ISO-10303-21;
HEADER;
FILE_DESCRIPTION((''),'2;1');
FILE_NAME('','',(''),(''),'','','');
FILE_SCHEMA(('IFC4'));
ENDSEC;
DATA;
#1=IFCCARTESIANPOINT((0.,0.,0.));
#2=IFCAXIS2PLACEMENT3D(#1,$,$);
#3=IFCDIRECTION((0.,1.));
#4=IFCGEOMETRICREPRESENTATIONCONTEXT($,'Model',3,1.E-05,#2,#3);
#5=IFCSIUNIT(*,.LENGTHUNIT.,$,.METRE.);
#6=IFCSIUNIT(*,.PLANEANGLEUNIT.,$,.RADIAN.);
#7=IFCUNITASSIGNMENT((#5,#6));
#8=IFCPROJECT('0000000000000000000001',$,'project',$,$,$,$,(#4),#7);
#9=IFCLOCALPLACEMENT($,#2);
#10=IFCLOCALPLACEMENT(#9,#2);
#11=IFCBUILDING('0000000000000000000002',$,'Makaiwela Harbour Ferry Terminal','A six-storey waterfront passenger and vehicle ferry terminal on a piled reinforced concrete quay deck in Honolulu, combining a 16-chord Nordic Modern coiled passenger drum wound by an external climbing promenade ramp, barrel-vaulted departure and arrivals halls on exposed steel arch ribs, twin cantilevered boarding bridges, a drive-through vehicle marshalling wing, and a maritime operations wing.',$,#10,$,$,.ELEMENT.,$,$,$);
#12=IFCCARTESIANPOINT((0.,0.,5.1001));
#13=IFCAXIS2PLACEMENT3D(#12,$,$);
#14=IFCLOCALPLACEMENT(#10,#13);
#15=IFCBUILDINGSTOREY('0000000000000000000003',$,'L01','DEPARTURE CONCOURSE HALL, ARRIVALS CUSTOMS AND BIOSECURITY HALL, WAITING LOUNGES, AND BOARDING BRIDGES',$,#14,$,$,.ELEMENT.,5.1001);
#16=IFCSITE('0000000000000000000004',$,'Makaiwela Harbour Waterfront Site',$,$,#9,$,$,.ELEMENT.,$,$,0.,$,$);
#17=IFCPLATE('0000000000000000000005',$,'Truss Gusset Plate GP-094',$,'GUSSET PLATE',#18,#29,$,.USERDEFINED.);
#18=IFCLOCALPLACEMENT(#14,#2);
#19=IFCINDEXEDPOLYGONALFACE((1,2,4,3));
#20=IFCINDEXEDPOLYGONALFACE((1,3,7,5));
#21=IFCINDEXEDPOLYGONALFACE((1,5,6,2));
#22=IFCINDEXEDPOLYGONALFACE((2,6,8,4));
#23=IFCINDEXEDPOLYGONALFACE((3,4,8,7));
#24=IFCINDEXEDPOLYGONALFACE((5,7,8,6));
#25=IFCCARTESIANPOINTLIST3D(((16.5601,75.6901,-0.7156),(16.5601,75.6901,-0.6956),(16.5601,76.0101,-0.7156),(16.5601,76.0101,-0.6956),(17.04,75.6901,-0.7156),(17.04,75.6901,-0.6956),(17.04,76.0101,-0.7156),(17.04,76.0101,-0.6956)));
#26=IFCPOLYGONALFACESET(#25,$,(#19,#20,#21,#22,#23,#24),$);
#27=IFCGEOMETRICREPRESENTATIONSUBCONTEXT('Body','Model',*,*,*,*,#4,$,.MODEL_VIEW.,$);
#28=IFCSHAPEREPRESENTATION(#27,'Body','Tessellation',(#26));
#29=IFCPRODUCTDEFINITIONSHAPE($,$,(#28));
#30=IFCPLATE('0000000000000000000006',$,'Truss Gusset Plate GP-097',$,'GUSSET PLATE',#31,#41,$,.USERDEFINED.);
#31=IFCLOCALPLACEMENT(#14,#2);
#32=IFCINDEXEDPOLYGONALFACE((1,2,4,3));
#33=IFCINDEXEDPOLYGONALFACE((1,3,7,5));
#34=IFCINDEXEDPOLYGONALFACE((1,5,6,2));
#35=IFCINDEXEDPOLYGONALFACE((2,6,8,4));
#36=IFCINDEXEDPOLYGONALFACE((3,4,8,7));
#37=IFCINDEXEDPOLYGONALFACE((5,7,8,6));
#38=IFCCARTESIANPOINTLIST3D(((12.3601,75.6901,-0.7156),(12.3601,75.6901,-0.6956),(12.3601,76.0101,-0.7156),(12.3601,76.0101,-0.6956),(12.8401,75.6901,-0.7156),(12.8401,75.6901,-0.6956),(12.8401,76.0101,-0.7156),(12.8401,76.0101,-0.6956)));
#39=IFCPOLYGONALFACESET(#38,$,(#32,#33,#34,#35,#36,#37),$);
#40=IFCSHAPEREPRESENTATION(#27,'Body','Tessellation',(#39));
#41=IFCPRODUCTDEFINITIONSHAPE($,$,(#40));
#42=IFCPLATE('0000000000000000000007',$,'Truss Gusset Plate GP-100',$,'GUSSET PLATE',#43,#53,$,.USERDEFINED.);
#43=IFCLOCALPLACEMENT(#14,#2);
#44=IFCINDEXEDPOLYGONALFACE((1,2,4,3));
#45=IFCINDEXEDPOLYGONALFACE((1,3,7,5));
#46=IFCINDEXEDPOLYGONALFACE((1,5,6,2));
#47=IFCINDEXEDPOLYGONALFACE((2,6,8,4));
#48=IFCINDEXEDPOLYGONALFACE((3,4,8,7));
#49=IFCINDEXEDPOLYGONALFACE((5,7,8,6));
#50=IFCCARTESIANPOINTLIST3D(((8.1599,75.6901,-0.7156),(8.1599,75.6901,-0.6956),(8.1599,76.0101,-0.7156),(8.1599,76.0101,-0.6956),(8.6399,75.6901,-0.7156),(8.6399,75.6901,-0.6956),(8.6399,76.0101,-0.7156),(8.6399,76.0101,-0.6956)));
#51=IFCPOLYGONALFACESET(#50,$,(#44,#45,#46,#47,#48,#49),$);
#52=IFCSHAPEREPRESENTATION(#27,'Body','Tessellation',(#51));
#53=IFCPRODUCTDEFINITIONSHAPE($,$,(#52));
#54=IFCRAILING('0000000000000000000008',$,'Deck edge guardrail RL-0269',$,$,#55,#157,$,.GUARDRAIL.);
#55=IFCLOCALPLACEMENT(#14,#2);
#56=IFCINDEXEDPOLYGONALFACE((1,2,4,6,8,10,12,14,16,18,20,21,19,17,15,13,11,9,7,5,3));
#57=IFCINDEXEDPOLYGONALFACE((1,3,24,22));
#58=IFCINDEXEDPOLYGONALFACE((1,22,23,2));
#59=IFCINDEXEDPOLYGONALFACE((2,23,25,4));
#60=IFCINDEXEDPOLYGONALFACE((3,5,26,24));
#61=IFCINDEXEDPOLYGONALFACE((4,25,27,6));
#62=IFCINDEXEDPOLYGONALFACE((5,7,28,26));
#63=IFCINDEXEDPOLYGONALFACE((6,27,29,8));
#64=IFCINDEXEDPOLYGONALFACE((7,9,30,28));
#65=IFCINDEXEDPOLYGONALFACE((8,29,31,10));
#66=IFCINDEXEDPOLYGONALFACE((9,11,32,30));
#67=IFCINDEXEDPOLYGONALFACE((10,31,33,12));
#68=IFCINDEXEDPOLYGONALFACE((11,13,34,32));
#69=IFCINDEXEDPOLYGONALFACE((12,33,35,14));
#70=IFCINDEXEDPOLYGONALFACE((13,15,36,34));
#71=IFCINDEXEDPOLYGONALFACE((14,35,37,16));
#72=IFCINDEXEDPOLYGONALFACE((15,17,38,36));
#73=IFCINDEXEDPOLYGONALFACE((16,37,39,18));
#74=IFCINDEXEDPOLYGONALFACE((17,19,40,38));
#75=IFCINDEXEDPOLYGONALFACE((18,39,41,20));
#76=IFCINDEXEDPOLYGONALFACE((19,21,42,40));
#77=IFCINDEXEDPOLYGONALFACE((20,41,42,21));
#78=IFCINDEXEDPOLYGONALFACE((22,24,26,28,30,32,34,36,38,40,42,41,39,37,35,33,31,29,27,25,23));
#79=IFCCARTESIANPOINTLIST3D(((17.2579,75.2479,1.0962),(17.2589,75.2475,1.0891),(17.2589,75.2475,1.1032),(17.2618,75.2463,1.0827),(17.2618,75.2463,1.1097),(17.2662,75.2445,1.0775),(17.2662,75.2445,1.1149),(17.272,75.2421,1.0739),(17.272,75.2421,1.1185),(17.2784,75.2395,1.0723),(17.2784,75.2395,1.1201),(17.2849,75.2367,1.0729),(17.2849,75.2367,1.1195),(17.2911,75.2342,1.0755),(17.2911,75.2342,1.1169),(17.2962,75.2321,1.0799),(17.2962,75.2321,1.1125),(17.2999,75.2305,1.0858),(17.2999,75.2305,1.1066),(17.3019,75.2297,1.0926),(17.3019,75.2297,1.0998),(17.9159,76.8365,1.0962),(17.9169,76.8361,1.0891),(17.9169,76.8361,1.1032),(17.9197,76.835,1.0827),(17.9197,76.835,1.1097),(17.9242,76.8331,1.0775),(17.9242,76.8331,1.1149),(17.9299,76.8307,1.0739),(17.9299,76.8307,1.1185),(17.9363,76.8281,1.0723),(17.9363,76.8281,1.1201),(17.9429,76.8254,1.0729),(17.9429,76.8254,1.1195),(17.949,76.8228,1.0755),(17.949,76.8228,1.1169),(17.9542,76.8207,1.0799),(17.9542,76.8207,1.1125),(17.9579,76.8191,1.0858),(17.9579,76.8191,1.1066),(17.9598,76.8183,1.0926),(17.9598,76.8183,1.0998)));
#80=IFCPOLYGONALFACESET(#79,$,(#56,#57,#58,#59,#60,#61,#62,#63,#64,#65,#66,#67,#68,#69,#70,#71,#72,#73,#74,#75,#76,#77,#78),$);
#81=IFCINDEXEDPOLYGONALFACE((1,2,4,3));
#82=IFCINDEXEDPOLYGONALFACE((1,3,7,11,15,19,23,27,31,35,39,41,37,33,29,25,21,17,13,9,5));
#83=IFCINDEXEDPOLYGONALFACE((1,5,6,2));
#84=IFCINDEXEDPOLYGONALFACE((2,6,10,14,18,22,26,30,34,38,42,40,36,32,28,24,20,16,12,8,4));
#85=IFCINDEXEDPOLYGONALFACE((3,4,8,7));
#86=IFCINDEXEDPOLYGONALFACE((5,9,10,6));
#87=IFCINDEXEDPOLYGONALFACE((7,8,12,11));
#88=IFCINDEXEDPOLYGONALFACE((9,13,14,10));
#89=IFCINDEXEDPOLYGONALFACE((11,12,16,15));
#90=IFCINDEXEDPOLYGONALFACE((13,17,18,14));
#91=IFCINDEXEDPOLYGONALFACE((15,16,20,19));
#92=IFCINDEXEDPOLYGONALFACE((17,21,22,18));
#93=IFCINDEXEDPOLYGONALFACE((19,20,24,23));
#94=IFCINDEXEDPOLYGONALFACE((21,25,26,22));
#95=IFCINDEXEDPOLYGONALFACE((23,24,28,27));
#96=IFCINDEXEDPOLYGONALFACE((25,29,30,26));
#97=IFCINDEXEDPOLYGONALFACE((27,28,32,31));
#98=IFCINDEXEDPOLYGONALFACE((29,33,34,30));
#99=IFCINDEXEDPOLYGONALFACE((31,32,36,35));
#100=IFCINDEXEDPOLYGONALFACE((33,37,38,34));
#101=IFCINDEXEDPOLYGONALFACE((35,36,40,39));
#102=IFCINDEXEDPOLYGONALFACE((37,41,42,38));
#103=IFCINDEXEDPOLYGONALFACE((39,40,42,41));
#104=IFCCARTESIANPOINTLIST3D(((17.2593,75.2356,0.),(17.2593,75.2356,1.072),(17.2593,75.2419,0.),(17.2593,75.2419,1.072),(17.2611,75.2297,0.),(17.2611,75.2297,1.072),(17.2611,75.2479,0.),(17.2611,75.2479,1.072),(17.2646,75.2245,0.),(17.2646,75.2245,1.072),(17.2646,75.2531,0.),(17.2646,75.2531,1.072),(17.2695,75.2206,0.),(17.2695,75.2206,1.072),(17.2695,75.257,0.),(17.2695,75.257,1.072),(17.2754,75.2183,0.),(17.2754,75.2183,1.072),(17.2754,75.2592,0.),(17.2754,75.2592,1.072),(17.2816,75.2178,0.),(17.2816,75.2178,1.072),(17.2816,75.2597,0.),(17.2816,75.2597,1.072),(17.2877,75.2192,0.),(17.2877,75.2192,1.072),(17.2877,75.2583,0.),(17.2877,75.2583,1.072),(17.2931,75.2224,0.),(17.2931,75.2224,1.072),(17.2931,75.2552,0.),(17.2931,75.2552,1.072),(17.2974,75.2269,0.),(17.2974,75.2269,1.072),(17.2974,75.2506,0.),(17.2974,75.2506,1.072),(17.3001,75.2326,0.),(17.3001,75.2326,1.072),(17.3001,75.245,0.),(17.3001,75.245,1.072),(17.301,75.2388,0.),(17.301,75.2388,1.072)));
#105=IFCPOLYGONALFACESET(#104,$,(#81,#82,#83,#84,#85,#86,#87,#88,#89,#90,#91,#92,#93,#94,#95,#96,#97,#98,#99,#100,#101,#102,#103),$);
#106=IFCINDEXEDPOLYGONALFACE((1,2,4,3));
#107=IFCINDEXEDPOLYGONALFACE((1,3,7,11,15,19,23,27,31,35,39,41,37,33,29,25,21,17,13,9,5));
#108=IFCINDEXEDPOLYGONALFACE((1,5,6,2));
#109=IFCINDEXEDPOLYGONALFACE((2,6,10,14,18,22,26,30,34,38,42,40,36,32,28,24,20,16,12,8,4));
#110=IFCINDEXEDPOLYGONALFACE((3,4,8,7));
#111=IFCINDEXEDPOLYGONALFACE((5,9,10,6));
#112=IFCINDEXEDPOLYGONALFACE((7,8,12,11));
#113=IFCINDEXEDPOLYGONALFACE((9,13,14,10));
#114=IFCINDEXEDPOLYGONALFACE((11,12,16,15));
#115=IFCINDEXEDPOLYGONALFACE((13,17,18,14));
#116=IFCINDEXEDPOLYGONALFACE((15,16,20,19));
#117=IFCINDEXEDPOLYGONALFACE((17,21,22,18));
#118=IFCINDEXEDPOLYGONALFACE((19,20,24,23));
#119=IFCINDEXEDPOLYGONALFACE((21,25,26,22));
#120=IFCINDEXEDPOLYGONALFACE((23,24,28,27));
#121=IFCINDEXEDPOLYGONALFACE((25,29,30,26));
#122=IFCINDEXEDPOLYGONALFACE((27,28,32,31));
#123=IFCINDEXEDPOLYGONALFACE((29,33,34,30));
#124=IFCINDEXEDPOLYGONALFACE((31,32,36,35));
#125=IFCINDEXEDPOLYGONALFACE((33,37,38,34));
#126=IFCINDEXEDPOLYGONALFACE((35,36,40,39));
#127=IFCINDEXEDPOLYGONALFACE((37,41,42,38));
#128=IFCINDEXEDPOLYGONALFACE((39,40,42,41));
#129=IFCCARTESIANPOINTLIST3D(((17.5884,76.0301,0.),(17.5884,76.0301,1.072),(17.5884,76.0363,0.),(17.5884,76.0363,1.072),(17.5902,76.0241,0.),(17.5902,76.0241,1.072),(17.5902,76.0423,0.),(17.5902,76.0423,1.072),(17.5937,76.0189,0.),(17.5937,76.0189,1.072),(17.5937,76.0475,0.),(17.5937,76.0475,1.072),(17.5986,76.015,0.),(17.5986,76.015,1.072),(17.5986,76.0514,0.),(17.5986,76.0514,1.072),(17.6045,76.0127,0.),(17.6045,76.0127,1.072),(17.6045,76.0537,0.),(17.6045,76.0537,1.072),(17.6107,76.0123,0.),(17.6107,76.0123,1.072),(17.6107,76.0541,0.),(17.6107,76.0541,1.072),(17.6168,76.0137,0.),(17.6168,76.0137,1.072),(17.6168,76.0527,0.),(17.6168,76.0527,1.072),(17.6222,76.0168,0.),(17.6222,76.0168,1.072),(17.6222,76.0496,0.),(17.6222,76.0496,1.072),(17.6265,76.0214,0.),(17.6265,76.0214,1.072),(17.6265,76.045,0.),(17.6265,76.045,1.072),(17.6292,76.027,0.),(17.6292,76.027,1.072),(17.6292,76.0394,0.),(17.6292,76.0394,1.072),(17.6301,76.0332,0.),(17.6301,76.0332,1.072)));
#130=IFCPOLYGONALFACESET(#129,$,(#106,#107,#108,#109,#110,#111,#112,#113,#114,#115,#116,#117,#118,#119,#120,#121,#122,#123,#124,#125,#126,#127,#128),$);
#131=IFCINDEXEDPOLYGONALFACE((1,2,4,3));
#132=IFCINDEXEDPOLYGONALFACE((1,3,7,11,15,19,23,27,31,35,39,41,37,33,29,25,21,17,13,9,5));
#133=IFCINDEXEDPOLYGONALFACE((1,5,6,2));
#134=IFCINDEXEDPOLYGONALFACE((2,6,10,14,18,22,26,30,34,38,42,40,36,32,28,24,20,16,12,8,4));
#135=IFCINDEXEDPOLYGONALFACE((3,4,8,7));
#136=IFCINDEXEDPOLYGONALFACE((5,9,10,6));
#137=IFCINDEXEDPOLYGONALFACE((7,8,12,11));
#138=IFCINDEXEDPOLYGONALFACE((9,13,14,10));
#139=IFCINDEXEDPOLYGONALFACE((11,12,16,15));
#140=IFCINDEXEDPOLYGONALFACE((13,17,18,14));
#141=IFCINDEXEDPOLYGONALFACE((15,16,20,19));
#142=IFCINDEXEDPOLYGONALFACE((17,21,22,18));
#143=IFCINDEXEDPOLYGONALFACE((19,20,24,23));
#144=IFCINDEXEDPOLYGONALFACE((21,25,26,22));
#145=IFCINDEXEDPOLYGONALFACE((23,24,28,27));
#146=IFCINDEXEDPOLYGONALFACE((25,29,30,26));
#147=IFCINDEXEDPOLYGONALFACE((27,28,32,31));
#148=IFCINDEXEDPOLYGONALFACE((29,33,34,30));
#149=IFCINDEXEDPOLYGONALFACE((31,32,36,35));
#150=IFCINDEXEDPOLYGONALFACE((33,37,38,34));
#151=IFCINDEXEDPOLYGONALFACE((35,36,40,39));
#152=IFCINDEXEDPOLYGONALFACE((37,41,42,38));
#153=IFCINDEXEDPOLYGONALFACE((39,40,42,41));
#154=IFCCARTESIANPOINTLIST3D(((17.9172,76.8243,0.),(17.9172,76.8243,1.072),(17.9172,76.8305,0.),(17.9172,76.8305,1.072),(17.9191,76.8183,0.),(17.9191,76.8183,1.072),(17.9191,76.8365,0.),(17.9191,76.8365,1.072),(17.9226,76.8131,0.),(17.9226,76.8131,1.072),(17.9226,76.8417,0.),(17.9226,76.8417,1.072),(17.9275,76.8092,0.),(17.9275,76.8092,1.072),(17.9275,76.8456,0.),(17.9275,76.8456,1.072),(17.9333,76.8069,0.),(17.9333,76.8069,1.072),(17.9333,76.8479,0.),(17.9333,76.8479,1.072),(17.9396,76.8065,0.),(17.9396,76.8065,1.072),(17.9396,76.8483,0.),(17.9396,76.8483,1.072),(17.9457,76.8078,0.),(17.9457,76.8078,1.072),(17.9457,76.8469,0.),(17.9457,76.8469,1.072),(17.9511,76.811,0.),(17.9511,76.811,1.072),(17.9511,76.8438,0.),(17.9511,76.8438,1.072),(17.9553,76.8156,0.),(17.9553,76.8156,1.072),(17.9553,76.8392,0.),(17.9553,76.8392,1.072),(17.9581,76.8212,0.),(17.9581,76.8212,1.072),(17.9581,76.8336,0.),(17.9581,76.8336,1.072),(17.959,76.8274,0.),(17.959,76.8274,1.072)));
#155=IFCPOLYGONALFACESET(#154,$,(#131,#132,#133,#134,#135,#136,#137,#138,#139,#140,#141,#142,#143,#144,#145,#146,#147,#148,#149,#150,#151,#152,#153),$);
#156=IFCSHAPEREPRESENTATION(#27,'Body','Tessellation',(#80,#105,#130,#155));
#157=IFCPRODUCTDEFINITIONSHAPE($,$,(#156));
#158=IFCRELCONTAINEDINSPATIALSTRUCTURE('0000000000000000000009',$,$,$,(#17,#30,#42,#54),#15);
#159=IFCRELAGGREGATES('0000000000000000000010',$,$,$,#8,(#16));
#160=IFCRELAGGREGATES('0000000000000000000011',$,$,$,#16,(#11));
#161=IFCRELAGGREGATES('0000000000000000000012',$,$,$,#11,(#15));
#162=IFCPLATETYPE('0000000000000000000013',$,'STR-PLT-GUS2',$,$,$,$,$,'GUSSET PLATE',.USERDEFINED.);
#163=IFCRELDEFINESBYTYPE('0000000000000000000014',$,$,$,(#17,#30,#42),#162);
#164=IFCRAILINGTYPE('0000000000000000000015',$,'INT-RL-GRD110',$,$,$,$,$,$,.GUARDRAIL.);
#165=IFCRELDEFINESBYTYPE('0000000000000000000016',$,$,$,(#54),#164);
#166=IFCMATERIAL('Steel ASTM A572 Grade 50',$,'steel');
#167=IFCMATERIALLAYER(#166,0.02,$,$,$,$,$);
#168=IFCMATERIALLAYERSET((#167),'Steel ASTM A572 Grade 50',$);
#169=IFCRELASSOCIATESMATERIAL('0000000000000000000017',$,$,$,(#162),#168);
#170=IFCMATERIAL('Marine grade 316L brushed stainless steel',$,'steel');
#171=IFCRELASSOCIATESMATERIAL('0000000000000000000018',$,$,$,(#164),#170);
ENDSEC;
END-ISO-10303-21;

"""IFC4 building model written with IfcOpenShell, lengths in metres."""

from ifc_helpers import new_model, si_unit, direction, frame, origin, origin_2d, place, context, subcontext, project, spatial, rectangle, circle, extrude, material, layer, layer_set, type_object, element, save


model = new_model("IFC4")

# Units and contexts
model_context = context("Model", 3, precision=1e-05, world=origin(), true_north=direction((0.0, 1.0)))
body_context = subcontext(model_context, "Body", "Model", "MODEL_VIEW")
ifc_project = project(units=[si_unit("LENGTHUNIT", "METRE"), si_unit("PLANEANGLEUNIT", "RADIAN")], contexts=[model_context])

# Site, building, storey
site_placement = place(None, origin())
site = spatial("IfcSite", under=ifc_project, at=site_placement, Name="Makaiwela Harbour Waterfront Site", CompositionType="ELEMENT", RefElevation=0.0)
building_placement = place(site_placement, origin())
building = spatial("IfcBuilding", under=site, at=building_placement, Name="Makaiwela Harbour Ferry Terminal", Description="A six-storey waterfront passenger and vehicle ferry terminal on a piled reinforced concrete quay deck in Honolulu, combining a 16-chord Nordic Modern coiled passenger drum wound by an external climbing promenade ramp, barrel-vaulted departure and arrivals halls on exposed steel arch ribs, twin cantilevered boarding bridges, a drive-through vehicle marshalling wing, and a maritime operations wing.", CompositionType="ELEMENT")
storey_placement = place(building_placement, frame((0.0, 0.0, 5.1001)))
storey = spatial("IfcBuildingStorey", under=building, at=storey_placement, Name="L01", Description="DEPARTURE CONCOURSE HALL, ARRIVALS CUSTOMS AND BIOSECURITY HALL, WAITING LOUNGES, AND BOARDING BRIDGES", CompositionType="ELEMENT", Elevation=5.1001)

# Plates
ifc_material_1 = material(Name="Steel ASTM A572 Grade 50", Category="steel")
ifc_layer_1 = layer(ifc_material_1, 0.02)
ifc_layer_set_1 = layer_set([ifc_layer_1], Name="Steel ASTM A572 Grade 50")
plate_type_1 = type_object("IfcPlateType", Name="STR-PLT-GUS2", ElementType="GUSSET PLATE", PredefinedType="USERDEFINED", material=ifc_layer_set_1)
for number, where, z_axis, x_axis, name in (
    (1, (16.8, 75.8501, -0.7156), (0.0, 0.0, 1.0), (1.0, 0.0, 0.0), "Truss Gusset Plate GP-094"),
    (2, (12.6001, 75.8501, -0.7156), (0.0, 0.0, 1.0), (1.0, 0.0, 0.0), "Truss Gusset Plate GP-097"),
    (3, (8.3999, 75.8501, -0.7156), (0.0, 0.0, 1.0), (1.0, 0.0, 0.0), "Truss Gusset Plate GP-100"),
):
    element("IfcPlate", number, at=place(storey_placement, frame(where, z_axis=z_axis, x_axis=x_axis)), inside=storey, type_object=plate_type_1, Name=name, ObjectType="GUSSET PLATE", PredefinedType="USERDEFINED", context=body_context, shape_type="SweptSolid", body=[
        extrude(rectangle(XDim=0.48, YDim=0.3201, at=origin_2d()), origin(), (0.0, 0.0, 1.0), 0.02),
    ])

# Railing
ifc_material_2 = material(Name="Marine grade 316L brushed stainless steel", Category="steel")
railing_type = type_object("IfcRailingType", Name="INT-RL-GRD110", PredefinedType="GUARDRAIL", material=ifc_material_2)
railing_placement = place(storey_placement, frame((17.28, 75.2388, 0.0)))
element("IfcRailing", 4, at=railing_placement, inside=storey, type_object=railing_type, Name="Deck edge guardrail RL-0269", PredefinedType="GUARDRAIL", context=body_context, shape_type="SweptSolid", body=[
    extrude(circle(Radius=0.0239, at=origin_2d()), frame((0.0, 0.0, 1.0962), z_axis=(0.382649, 0.923894, 0.0), x_axis=(-0.923894, 0.382649, 0.0)), (0.0, 0.0, 1.0), 1.7195),
    extrude(circle(Radius=0.021, at=origin_2d()), origin(), (0.0, 0.0, 1.0), 1.072),
    extrude(circle(Radius=0.021, at=origin_2d()), frame((0.3291, 0.7944, 0.0)), (0.0, 0.0, 1.0), 1.072),
    extrude(circle(Radius=0.021, at=origin_2d()), frame((0.658, 1.5886, 0.0)), (0.0, 0.0, 1.0), 1.072),
])

save(model, "model.ifc")
